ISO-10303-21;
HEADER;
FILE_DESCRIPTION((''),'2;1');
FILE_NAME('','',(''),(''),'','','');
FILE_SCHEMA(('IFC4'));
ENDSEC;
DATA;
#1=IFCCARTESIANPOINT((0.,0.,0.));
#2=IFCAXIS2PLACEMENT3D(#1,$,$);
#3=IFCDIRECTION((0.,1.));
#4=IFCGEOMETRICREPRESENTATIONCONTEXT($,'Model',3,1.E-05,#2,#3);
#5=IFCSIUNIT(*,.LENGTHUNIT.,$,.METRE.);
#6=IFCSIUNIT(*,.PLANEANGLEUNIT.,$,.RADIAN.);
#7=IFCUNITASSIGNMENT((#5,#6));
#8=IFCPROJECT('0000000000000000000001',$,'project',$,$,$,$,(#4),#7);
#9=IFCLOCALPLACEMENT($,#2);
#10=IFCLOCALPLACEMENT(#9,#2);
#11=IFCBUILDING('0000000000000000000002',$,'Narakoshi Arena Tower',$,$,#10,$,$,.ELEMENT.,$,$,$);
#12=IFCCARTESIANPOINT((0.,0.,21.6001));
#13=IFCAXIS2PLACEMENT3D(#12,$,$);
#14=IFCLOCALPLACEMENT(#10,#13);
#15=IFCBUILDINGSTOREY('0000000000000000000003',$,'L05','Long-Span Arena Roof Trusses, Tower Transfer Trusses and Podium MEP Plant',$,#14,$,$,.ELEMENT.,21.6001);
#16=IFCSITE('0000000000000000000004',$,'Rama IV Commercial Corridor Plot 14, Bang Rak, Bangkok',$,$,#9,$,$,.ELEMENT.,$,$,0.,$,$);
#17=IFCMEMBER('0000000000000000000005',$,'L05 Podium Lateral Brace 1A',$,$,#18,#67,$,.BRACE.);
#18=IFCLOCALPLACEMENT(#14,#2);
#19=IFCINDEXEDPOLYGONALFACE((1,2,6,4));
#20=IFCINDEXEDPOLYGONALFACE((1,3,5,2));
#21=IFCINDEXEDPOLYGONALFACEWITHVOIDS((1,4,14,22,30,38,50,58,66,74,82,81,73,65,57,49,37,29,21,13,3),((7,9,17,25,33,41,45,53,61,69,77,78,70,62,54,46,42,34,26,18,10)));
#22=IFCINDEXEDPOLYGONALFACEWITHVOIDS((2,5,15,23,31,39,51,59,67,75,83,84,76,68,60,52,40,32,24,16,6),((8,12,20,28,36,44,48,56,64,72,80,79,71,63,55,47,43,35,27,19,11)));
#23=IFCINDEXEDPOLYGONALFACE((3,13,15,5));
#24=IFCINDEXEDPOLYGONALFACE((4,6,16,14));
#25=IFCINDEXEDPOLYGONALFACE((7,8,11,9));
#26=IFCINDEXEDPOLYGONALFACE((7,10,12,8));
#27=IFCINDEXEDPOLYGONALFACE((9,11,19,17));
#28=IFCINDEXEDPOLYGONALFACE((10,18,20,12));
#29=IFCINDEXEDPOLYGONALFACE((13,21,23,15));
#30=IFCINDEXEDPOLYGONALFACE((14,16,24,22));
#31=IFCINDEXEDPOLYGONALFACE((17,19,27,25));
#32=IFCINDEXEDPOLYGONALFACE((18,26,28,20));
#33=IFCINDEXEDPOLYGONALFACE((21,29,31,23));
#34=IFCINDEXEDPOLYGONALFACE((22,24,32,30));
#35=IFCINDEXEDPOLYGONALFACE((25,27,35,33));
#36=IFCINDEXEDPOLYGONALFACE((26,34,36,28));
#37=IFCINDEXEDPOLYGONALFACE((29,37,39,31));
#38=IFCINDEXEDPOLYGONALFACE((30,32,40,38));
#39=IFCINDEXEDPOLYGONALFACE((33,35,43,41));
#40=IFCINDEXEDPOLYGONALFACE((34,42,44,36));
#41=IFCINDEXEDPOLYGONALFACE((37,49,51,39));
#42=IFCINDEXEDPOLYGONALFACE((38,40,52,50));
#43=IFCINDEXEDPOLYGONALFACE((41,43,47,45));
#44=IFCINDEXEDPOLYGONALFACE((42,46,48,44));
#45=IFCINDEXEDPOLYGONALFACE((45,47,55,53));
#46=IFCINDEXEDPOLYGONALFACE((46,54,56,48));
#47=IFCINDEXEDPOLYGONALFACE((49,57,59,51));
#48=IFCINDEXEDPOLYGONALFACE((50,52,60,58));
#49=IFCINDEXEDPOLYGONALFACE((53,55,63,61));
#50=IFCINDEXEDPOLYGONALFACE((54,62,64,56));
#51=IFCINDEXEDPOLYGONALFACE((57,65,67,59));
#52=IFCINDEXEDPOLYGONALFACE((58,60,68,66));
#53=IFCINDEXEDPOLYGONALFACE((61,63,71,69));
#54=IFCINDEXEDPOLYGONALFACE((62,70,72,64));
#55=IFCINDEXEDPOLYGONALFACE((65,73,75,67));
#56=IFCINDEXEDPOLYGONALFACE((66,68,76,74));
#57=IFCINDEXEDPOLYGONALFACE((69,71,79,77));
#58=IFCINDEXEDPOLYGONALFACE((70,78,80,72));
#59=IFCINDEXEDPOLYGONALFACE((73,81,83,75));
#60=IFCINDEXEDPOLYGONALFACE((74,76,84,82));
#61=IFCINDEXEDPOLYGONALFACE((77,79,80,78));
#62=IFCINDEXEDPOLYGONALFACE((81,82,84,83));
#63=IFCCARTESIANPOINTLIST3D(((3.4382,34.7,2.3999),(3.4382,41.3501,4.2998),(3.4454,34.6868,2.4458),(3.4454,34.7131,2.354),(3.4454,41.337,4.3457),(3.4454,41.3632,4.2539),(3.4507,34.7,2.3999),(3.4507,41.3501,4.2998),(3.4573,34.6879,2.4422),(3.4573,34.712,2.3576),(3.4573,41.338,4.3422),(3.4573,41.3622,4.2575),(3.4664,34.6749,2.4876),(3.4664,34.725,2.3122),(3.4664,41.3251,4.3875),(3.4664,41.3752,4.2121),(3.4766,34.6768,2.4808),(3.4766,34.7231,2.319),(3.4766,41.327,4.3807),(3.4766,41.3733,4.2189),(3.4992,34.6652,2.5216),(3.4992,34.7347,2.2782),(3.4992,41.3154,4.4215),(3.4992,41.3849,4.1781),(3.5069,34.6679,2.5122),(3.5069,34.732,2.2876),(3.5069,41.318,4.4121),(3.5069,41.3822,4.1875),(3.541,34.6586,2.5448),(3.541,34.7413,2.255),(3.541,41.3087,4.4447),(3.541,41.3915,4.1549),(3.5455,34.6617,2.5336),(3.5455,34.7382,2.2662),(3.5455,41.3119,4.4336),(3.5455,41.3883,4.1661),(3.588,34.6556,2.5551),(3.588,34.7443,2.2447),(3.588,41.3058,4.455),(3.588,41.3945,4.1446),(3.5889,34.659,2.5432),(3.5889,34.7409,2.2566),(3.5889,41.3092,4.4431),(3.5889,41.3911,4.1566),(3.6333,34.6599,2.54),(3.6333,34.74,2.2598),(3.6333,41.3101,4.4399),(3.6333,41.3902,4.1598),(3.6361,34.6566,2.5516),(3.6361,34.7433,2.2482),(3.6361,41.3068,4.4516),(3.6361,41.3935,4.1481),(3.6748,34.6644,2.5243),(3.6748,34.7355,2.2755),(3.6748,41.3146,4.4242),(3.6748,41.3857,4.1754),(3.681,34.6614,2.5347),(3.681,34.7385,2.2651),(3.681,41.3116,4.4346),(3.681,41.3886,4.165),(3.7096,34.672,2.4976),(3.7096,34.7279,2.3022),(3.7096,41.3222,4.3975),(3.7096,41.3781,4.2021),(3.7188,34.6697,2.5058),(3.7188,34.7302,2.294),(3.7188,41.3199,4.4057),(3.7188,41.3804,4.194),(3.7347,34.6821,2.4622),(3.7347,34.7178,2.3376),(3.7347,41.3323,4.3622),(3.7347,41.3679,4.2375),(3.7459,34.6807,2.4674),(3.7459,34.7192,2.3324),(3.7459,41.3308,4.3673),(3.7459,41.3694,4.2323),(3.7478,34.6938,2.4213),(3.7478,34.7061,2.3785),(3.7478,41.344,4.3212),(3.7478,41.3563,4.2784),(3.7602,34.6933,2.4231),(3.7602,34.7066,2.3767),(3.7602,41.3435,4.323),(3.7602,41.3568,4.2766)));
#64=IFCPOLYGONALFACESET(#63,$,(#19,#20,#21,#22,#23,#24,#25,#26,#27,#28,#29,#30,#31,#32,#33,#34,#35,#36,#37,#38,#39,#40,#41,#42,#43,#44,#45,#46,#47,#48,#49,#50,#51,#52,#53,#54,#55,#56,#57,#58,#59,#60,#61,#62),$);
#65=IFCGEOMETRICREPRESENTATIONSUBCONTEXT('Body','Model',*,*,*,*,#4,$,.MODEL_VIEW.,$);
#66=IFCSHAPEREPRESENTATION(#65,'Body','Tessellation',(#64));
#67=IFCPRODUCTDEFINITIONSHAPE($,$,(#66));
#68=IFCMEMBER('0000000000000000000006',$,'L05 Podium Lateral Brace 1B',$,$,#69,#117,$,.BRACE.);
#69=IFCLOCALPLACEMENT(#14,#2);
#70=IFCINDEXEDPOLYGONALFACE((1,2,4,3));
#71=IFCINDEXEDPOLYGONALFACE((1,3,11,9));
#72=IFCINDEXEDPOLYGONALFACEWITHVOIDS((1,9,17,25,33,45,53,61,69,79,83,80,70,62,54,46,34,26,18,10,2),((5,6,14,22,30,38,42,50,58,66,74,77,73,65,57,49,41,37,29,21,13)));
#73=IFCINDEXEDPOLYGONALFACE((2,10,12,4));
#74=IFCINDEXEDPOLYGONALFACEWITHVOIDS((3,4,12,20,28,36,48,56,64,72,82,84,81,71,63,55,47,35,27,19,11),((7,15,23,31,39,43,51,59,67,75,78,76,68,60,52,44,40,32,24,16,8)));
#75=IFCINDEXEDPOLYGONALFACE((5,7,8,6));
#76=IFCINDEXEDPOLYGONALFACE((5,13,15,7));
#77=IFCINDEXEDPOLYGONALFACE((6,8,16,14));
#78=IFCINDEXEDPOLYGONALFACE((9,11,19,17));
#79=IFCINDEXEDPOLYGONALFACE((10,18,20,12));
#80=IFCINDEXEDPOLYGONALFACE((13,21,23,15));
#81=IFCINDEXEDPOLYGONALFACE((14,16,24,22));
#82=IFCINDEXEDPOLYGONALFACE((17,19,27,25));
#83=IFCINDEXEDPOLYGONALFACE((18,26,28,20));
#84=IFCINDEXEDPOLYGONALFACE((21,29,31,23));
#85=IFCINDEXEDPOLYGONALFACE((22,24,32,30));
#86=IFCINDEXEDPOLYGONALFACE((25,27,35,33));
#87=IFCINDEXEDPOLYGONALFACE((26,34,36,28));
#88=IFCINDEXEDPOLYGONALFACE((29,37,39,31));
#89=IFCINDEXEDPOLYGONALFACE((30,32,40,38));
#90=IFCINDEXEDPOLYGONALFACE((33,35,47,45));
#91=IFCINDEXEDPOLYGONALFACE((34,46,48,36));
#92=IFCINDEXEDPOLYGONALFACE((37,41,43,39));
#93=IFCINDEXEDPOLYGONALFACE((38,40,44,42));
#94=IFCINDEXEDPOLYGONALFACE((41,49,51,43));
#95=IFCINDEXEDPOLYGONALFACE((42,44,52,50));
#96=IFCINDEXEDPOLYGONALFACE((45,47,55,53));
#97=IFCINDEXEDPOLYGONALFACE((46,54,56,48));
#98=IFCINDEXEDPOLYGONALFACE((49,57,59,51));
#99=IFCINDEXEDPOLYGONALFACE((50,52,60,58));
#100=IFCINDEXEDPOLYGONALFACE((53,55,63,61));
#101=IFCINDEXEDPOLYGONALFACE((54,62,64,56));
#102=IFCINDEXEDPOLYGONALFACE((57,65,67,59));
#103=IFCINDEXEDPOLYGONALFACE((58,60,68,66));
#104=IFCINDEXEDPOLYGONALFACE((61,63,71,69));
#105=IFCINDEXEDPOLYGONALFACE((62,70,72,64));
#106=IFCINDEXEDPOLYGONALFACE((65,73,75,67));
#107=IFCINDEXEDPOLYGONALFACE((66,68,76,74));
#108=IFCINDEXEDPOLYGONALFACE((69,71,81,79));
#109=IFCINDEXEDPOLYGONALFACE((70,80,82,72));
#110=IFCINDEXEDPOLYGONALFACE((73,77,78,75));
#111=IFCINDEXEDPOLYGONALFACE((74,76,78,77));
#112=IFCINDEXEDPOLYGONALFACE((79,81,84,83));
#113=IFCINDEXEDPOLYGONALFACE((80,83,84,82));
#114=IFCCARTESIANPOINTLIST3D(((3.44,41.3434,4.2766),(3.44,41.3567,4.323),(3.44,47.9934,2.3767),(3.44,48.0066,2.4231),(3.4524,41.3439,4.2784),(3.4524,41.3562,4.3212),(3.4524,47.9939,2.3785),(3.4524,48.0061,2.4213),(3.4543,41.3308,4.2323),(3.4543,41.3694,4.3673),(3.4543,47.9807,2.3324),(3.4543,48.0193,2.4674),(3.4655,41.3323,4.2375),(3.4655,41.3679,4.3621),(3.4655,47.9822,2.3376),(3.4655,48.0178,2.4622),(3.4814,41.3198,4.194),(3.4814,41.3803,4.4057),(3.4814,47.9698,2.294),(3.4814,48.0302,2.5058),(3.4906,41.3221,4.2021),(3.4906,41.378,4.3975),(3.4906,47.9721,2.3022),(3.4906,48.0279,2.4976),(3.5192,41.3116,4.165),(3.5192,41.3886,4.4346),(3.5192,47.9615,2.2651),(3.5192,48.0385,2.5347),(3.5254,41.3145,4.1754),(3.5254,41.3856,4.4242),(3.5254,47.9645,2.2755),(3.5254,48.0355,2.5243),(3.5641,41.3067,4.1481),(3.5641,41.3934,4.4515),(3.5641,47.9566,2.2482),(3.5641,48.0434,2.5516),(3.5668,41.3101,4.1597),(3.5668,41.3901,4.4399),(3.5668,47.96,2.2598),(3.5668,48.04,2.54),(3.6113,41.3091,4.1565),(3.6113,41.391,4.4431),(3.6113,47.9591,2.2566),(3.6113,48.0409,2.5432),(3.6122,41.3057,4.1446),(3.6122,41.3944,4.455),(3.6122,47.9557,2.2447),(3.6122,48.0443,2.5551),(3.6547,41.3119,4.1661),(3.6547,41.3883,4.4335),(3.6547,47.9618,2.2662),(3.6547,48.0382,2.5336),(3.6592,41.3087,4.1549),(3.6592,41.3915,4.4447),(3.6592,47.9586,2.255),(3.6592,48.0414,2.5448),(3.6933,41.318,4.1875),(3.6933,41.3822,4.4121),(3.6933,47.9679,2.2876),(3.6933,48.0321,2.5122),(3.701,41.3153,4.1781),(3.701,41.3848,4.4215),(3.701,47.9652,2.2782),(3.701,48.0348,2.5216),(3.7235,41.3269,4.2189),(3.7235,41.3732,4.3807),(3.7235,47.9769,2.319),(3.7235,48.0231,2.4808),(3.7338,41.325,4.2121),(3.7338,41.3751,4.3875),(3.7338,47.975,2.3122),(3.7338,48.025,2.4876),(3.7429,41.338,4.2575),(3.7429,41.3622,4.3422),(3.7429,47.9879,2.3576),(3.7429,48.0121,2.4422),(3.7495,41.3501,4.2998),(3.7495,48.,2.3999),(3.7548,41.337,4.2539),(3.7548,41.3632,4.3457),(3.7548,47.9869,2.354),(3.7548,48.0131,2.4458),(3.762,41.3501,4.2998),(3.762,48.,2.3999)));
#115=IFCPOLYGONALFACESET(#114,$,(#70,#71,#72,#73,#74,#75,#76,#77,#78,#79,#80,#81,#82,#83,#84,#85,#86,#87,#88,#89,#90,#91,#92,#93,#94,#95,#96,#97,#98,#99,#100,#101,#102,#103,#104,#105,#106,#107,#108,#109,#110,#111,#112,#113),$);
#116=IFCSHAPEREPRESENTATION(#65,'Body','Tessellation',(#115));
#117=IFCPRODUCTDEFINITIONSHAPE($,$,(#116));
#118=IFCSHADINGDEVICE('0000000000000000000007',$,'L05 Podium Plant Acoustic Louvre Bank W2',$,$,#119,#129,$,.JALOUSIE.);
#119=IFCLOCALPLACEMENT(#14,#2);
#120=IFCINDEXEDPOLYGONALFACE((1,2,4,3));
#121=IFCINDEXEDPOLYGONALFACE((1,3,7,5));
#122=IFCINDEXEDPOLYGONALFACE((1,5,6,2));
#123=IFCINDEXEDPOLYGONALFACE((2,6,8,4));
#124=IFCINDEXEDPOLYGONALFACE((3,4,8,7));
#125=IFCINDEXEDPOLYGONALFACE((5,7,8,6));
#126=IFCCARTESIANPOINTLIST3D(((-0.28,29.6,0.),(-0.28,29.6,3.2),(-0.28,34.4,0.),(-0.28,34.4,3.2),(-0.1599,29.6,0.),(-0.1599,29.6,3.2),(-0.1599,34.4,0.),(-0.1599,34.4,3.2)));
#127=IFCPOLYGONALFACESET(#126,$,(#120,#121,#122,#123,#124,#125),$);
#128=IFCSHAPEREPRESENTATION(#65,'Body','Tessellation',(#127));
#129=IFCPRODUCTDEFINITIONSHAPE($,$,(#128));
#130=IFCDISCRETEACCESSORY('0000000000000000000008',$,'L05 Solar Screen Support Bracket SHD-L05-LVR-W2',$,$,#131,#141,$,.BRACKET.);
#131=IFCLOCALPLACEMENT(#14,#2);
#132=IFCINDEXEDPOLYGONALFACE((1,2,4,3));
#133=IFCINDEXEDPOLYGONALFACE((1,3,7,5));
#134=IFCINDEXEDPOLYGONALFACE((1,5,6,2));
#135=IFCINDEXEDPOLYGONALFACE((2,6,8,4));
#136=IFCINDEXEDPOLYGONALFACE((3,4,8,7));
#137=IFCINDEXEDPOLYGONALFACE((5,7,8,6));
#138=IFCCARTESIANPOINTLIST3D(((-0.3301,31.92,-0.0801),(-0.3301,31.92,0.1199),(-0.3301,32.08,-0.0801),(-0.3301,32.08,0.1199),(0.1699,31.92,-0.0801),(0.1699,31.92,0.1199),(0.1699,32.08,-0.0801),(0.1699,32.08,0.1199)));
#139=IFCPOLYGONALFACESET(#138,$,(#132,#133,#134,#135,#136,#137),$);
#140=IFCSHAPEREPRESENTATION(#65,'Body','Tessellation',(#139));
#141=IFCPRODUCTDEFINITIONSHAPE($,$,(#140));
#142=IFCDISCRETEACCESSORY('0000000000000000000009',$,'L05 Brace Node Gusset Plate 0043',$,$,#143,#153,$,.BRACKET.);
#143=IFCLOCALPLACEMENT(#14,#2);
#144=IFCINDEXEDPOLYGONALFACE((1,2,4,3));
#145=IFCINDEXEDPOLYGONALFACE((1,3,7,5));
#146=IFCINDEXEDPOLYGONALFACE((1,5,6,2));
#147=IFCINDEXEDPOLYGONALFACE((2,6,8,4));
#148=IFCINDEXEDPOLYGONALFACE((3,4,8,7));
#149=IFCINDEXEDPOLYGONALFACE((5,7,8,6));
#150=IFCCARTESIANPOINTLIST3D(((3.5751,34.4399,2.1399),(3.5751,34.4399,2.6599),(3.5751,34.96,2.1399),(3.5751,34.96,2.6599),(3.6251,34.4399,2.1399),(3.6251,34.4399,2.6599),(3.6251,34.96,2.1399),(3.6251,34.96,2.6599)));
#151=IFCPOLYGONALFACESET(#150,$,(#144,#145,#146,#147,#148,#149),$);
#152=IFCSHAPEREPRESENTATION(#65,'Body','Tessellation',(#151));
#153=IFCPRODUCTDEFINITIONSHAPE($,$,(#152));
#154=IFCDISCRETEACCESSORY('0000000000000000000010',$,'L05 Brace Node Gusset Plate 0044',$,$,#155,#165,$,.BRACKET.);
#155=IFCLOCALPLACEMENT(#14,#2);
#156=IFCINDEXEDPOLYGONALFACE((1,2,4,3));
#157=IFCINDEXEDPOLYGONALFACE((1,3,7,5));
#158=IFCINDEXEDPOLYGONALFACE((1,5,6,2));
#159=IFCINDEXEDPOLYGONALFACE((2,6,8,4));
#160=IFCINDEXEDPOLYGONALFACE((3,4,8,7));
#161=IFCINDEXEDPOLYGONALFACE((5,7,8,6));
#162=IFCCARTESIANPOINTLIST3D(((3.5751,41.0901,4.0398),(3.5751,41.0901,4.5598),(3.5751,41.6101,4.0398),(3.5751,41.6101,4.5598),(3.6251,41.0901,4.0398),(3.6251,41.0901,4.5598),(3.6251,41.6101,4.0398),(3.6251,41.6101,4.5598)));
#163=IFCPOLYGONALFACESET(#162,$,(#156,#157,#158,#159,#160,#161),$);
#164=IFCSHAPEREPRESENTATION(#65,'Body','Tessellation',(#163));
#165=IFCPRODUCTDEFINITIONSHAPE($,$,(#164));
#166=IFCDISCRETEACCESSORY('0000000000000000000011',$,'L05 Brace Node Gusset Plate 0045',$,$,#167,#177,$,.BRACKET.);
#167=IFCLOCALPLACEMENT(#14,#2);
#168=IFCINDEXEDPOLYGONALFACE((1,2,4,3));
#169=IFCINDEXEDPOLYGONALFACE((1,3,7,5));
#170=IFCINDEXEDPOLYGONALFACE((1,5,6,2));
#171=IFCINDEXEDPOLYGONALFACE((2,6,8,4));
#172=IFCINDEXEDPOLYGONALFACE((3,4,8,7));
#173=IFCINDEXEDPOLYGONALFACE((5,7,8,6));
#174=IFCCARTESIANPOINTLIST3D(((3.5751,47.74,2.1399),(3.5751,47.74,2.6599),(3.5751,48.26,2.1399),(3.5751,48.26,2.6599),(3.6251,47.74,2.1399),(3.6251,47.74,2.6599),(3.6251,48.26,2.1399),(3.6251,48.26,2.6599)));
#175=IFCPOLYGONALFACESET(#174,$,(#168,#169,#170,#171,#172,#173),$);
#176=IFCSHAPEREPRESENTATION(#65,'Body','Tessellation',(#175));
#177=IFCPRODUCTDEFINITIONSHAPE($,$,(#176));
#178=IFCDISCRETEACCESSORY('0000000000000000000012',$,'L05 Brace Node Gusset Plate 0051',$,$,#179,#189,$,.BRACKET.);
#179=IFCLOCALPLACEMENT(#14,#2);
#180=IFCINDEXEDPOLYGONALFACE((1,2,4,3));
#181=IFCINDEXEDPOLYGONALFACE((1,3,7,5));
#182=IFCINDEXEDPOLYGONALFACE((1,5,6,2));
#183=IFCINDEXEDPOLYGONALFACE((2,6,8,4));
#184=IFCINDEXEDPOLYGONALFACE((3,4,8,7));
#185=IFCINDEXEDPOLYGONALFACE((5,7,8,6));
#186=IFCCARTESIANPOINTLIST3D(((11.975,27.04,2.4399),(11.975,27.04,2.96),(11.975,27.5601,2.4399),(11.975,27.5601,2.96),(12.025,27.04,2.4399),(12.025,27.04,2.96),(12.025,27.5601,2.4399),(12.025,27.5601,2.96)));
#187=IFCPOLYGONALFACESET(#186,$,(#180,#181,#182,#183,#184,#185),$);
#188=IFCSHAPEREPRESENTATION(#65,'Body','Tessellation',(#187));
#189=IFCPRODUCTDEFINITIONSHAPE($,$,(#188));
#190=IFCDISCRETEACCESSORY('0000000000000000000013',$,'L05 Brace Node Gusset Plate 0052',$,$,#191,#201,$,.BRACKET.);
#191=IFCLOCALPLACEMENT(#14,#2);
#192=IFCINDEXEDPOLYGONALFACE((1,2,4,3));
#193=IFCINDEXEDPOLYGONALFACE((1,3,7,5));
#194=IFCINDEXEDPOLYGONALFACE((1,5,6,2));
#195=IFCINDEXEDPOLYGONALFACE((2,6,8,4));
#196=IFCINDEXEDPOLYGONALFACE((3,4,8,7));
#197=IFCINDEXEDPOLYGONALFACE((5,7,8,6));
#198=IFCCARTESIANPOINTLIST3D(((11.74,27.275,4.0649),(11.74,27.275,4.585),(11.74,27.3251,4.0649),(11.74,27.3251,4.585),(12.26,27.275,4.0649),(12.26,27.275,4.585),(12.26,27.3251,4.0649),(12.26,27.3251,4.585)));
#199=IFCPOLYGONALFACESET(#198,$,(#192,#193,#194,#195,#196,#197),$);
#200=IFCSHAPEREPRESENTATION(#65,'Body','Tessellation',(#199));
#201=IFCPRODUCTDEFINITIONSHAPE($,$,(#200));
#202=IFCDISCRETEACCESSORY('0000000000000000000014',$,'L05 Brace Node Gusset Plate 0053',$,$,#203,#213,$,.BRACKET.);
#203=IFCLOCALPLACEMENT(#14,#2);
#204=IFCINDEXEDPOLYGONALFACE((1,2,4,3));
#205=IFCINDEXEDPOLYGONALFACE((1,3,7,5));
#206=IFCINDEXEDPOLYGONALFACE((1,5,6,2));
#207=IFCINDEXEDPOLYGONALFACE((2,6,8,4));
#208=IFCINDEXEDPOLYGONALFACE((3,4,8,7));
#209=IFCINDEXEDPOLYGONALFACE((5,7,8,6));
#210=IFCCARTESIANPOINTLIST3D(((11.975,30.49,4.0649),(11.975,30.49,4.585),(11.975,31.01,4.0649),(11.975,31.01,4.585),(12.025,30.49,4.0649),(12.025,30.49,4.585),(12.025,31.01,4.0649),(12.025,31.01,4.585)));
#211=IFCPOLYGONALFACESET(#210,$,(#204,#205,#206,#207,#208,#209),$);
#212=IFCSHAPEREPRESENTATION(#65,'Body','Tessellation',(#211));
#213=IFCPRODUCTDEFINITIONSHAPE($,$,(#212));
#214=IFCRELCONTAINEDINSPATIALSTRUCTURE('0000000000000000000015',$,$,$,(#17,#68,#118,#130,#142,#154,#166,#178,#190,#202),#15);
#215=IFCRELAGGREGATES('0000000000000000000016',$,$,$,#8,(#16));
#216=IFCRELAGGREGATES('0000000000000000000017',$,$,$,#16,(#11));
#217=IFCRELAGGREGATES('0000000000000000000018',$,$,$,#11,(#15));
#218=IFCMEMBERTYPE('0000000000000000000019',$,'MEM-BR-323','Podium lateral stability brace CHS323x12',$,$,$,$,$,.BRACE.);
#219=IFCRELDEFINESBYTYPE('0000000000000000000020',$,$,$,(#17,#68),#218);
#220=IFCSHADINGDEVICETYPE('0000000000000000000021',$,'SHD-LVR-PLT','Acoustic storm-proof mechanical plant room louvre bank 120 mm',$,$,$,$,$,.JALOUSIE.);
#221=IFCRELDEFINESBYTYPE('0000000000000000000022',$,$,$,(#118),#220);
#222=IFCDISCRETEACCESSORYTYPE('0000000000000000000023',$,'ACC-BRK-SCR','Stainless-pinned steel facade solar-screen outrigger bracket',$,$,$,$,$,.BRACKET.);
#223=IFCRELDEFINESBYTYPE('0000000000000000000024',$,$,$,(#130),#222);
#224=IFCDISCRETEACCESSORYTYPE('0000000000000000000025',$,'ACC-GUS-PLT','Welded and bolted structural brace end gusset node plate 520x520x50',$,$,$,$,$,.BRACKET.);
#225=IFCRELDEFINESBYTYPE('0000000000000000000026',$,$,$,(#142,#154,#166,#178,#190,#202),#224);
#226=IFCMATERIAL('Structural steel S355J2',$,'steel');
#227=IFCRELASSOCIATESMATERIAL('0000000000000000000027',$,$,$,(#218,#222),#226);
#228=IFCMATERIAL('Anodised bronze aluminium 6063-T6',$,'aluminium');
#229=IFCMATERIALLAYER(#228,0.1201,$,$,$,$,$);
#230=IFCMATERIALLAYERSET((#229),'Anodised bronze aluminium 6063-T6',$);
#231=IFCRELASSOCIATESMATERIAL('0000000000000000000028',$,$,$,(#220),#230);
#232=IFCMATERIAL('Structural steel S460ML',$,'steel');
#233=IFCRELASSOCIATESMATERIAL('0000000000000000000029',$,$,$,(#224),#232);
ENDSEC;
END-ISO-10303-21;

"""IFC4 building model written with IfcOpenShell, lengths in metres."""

from ifc_helpers import new_model, si_unit, direction, frame, origin, origin_2d, place, context, subcontext, project, spatial, rectangle, hollow_circle, extrude, material, layer, layer_set, material_profile, profile_set, type_object, element, save


model = new_model("IFC4")

# Units and contexts
model_context = context("Model", 3, precision=1e-05, world=origin(), true_north=direction((0.0, 1.0)))
body_context = subcontext(model_context, "Body", "Model", "MODEL_VIEW")
ifc_project = project(units=[si_unit("LENGTHUNIT", "METRE"), si_unit("PLANEANGLEUNIT", "RADIAN")], contexts=[model_context])

# Site, building, storey
site_placement = place(None, origin())
site = spatial("IfcSite", under=ifc_project, at=site_placement, Name="Rama IV Commercial Corridor Plot 14, Bang Rak, Bangkok", CompositionType="ELEMENT", RefElevation=0.0)
building_placement = place(site_placement, origin())
building = spatial("IfcBuilding", under=site, at=building_placement, Name="Narakoshi Arena Tower", CompositionType="ELEMENT")
storey_placement = place(building_placement, frame((0.0, 0.0, 21.6001)))
storey = spatial("IfcBuildingStorey", under=building, at=storey_placement, Name="L05", Description="Long-Span Arena Roof Trusses, Tower Transfer Trusses and Podium MEP Plant", CompositionType="ELEMENT", Elevation=21.6001)

# Shared definitions
ifc_material_1 = material(Name="Structural steel S355J2", Category="steel")
ifc_material_2 = material(Name="Structural steel S460ML", Category="steel")

# Members
ifc_material_profile_1 = material_profile(ifc_material_1, hollow_circle(Radius=0.1619, WallThickness=0.0125, at=origin_2d()), Name="CHS323x12")
ifc_profile_set_1 = profile_set([ifc_material_profile_1], Name="Structural steel S355J2")
member_type_1 = type_object("IfcMemberType", Name="MEM-BR-323", Description="Podium lateral stability brace CHS323x12", PredefinedType="BRACE", material=ifc_profile_set_1)
member_1_placement = place(storey_placement, frame((3.6001, 34.7, 2.3999), z_axis=(0.0, 0.961529, 0.274702), x_axis=(-1.0, 0.0, 0.0)))
element("IfcMember", 1, at=member_1_placement, inside=storey, type_object=member_type_1, Name="L05 Podium Lateral Brace 1A", PredefinedType="BRACE", context=body_context, shape_type="SweptSolid", body=[
    extrude(hollow_circle(Radius=0.1619, WallThickness=0.0125, at=origin_2d()), origin(), (0.0, 0.0, 1.0), 6.9163),
])
member_2_placement = place(storey_placement, frame((3.6001, 48.0, 2.3999), z_axis=(0.0, -0.961527, 0.274712), x_axis=(1.0, 0.0, 0.0)))
element("IfcMember", 2, at=member_2_placement, inside=storey, type_object=member_type_1, Name="L05 Podium Lateral Brace 1B", PredefinedType="BRACE", context=body_context, shape_type="SweptSolid", body=[
    extrude(hollow_circle(Radius=0.1619, WallThickness=0.0125, at=origin_2d()), origin(), (0.0, 0.0, 1.0), 6.916),
])

# Shading device
ifc_material_3 = material(Name="Anodised bronze aluminium 6063-T6", Category="aluminium")
ifc_layer = layer(ifc_material_3, 0.1201)
ifc_layer_set = layer_set([ifc_layer], Name="Anodised bronze aluminium 6063-T6")
shading_device_type = type_object("IfcShadingDeviceType", Name="SHD-LVR-PLT", Description="Acoustic storm-proof mechanical plant room louvre bank 120 mm", PredefinedType="JALOUSIE", material=ifc_layer_set)
shading_device_placement = place(storey_placement, frame((-0.22, 32.0, 0.0), z_axis=(0.0, 0.0, 1.0), x_axis=(0.0, 1.0, 0.0)))
element("IfcShadingDevice", 3, at=shading_device_placement, inside=storey, type_object=shading_device_type, Name="L05 Podium Plant Acoustic Louvre Bank W2", PredefinedType="JALOUSIE", context=body_context, shape_type="SweptSolid", body=[
    extrude(rectangle(XDim=4.8, YDim=0.1201, at=origin_2d()), origin(), (0.0, 0.0, 1.0), 3.2),
])

# Discrete accessories
discrete_accessory_type_1 = type_object("IfcDiscreteAccessoryType", Name="ACC-BRK-SCR", Description="Stainless-pinned steel facade solar-screen outrigger bracket", PredefinedType="BRACKET", material=ifc_material_1)
discrete_accessory_placement = place(storey_placement, frame((-0.0801, 32.0, -0.0801), z_axis=(0.0, 0.0, 1.0), x_axis=(0.0, 1.0, 0.0)))
element("IfcDiscreteAccessory", 4, at=discrete_accessory_placement, inside=storey, type_object=discrete_accessory_type_1, Name="L05 Solar Screen Support Bracket SHD-L05-LVR-W2", PredefinedType="BRACKET", context=body_context, shape_type="SweptSolid", body=[
    extrude(rectangle(XDim=0.1599, YDim=0.5, at=origin_2d()), origin(), (0.0, 0.0, 1.0), 0.2),
])
discrete_accessory_type_2 = type_object("IfcDiscreteAccessoryType", Name="ACC-GUS-PLT", Description="Welded and bolted structural brace end gusset node plate 520x520x50", PredefinedType="BRACKET", material=ifc_material_2)
for number, where, z_axis, x_axis, name in (
    (5, (3.6001, 34.7, 2.1399), (0.0, 0.0, 1.0), (0.0, 1.0, 0.0), "L05 Brace Node Gusset Plate 0043"),
    (6, (3.6001, 41.3501, 4.0398), (0.0, 0.0, 1.0), (0.0, 1.0, 0.0), "L05 Brace Node Gusset Plate 0044"),
    (7, (3.6001, 48.0, 2.1399), (0.0, 0.0, 1.0), (0.0, 1.0, 0.0), "L05 Brace Node Gusset Plate 0045"),
    (8, (12.0, 27.3, 2.4399), (0.0, 0.0, 1.0), (0.0, 1.0, 0.0), "L05 Brace Node Gusset Plate 0051"),
    (9, (12.0, 27.3, 4.0649), (0.0, 0.0, 1.0), (1.0, 0.0, 0.0), "L05 Brace Node Gusset Plate 0052"),
    (10, (12.0, 30.75, 4.0649), (0.0, 0.0, 1.0), (0.0, 1.0, 0.0), "L05 Brace Node Gusset Plate 0053"),
):
    element("IfcDiscreteAccessory", number, at=place(storey_placement, frame(where, z_axis=z_axis, x_axis=x_axis)), inside=storey, type_object=discrete_accessory_type_2, Name=name, PredefinedType="BRACKET", context=body_context, shape_type="SweptSolid", body=[
        extrude(rectangle(XDim=0.52, YDim=0.05, at=origin_2d()), origin(), (0.0, 0.0, 1.0), 0.52),
    ])

save(model, "model.ifc")
